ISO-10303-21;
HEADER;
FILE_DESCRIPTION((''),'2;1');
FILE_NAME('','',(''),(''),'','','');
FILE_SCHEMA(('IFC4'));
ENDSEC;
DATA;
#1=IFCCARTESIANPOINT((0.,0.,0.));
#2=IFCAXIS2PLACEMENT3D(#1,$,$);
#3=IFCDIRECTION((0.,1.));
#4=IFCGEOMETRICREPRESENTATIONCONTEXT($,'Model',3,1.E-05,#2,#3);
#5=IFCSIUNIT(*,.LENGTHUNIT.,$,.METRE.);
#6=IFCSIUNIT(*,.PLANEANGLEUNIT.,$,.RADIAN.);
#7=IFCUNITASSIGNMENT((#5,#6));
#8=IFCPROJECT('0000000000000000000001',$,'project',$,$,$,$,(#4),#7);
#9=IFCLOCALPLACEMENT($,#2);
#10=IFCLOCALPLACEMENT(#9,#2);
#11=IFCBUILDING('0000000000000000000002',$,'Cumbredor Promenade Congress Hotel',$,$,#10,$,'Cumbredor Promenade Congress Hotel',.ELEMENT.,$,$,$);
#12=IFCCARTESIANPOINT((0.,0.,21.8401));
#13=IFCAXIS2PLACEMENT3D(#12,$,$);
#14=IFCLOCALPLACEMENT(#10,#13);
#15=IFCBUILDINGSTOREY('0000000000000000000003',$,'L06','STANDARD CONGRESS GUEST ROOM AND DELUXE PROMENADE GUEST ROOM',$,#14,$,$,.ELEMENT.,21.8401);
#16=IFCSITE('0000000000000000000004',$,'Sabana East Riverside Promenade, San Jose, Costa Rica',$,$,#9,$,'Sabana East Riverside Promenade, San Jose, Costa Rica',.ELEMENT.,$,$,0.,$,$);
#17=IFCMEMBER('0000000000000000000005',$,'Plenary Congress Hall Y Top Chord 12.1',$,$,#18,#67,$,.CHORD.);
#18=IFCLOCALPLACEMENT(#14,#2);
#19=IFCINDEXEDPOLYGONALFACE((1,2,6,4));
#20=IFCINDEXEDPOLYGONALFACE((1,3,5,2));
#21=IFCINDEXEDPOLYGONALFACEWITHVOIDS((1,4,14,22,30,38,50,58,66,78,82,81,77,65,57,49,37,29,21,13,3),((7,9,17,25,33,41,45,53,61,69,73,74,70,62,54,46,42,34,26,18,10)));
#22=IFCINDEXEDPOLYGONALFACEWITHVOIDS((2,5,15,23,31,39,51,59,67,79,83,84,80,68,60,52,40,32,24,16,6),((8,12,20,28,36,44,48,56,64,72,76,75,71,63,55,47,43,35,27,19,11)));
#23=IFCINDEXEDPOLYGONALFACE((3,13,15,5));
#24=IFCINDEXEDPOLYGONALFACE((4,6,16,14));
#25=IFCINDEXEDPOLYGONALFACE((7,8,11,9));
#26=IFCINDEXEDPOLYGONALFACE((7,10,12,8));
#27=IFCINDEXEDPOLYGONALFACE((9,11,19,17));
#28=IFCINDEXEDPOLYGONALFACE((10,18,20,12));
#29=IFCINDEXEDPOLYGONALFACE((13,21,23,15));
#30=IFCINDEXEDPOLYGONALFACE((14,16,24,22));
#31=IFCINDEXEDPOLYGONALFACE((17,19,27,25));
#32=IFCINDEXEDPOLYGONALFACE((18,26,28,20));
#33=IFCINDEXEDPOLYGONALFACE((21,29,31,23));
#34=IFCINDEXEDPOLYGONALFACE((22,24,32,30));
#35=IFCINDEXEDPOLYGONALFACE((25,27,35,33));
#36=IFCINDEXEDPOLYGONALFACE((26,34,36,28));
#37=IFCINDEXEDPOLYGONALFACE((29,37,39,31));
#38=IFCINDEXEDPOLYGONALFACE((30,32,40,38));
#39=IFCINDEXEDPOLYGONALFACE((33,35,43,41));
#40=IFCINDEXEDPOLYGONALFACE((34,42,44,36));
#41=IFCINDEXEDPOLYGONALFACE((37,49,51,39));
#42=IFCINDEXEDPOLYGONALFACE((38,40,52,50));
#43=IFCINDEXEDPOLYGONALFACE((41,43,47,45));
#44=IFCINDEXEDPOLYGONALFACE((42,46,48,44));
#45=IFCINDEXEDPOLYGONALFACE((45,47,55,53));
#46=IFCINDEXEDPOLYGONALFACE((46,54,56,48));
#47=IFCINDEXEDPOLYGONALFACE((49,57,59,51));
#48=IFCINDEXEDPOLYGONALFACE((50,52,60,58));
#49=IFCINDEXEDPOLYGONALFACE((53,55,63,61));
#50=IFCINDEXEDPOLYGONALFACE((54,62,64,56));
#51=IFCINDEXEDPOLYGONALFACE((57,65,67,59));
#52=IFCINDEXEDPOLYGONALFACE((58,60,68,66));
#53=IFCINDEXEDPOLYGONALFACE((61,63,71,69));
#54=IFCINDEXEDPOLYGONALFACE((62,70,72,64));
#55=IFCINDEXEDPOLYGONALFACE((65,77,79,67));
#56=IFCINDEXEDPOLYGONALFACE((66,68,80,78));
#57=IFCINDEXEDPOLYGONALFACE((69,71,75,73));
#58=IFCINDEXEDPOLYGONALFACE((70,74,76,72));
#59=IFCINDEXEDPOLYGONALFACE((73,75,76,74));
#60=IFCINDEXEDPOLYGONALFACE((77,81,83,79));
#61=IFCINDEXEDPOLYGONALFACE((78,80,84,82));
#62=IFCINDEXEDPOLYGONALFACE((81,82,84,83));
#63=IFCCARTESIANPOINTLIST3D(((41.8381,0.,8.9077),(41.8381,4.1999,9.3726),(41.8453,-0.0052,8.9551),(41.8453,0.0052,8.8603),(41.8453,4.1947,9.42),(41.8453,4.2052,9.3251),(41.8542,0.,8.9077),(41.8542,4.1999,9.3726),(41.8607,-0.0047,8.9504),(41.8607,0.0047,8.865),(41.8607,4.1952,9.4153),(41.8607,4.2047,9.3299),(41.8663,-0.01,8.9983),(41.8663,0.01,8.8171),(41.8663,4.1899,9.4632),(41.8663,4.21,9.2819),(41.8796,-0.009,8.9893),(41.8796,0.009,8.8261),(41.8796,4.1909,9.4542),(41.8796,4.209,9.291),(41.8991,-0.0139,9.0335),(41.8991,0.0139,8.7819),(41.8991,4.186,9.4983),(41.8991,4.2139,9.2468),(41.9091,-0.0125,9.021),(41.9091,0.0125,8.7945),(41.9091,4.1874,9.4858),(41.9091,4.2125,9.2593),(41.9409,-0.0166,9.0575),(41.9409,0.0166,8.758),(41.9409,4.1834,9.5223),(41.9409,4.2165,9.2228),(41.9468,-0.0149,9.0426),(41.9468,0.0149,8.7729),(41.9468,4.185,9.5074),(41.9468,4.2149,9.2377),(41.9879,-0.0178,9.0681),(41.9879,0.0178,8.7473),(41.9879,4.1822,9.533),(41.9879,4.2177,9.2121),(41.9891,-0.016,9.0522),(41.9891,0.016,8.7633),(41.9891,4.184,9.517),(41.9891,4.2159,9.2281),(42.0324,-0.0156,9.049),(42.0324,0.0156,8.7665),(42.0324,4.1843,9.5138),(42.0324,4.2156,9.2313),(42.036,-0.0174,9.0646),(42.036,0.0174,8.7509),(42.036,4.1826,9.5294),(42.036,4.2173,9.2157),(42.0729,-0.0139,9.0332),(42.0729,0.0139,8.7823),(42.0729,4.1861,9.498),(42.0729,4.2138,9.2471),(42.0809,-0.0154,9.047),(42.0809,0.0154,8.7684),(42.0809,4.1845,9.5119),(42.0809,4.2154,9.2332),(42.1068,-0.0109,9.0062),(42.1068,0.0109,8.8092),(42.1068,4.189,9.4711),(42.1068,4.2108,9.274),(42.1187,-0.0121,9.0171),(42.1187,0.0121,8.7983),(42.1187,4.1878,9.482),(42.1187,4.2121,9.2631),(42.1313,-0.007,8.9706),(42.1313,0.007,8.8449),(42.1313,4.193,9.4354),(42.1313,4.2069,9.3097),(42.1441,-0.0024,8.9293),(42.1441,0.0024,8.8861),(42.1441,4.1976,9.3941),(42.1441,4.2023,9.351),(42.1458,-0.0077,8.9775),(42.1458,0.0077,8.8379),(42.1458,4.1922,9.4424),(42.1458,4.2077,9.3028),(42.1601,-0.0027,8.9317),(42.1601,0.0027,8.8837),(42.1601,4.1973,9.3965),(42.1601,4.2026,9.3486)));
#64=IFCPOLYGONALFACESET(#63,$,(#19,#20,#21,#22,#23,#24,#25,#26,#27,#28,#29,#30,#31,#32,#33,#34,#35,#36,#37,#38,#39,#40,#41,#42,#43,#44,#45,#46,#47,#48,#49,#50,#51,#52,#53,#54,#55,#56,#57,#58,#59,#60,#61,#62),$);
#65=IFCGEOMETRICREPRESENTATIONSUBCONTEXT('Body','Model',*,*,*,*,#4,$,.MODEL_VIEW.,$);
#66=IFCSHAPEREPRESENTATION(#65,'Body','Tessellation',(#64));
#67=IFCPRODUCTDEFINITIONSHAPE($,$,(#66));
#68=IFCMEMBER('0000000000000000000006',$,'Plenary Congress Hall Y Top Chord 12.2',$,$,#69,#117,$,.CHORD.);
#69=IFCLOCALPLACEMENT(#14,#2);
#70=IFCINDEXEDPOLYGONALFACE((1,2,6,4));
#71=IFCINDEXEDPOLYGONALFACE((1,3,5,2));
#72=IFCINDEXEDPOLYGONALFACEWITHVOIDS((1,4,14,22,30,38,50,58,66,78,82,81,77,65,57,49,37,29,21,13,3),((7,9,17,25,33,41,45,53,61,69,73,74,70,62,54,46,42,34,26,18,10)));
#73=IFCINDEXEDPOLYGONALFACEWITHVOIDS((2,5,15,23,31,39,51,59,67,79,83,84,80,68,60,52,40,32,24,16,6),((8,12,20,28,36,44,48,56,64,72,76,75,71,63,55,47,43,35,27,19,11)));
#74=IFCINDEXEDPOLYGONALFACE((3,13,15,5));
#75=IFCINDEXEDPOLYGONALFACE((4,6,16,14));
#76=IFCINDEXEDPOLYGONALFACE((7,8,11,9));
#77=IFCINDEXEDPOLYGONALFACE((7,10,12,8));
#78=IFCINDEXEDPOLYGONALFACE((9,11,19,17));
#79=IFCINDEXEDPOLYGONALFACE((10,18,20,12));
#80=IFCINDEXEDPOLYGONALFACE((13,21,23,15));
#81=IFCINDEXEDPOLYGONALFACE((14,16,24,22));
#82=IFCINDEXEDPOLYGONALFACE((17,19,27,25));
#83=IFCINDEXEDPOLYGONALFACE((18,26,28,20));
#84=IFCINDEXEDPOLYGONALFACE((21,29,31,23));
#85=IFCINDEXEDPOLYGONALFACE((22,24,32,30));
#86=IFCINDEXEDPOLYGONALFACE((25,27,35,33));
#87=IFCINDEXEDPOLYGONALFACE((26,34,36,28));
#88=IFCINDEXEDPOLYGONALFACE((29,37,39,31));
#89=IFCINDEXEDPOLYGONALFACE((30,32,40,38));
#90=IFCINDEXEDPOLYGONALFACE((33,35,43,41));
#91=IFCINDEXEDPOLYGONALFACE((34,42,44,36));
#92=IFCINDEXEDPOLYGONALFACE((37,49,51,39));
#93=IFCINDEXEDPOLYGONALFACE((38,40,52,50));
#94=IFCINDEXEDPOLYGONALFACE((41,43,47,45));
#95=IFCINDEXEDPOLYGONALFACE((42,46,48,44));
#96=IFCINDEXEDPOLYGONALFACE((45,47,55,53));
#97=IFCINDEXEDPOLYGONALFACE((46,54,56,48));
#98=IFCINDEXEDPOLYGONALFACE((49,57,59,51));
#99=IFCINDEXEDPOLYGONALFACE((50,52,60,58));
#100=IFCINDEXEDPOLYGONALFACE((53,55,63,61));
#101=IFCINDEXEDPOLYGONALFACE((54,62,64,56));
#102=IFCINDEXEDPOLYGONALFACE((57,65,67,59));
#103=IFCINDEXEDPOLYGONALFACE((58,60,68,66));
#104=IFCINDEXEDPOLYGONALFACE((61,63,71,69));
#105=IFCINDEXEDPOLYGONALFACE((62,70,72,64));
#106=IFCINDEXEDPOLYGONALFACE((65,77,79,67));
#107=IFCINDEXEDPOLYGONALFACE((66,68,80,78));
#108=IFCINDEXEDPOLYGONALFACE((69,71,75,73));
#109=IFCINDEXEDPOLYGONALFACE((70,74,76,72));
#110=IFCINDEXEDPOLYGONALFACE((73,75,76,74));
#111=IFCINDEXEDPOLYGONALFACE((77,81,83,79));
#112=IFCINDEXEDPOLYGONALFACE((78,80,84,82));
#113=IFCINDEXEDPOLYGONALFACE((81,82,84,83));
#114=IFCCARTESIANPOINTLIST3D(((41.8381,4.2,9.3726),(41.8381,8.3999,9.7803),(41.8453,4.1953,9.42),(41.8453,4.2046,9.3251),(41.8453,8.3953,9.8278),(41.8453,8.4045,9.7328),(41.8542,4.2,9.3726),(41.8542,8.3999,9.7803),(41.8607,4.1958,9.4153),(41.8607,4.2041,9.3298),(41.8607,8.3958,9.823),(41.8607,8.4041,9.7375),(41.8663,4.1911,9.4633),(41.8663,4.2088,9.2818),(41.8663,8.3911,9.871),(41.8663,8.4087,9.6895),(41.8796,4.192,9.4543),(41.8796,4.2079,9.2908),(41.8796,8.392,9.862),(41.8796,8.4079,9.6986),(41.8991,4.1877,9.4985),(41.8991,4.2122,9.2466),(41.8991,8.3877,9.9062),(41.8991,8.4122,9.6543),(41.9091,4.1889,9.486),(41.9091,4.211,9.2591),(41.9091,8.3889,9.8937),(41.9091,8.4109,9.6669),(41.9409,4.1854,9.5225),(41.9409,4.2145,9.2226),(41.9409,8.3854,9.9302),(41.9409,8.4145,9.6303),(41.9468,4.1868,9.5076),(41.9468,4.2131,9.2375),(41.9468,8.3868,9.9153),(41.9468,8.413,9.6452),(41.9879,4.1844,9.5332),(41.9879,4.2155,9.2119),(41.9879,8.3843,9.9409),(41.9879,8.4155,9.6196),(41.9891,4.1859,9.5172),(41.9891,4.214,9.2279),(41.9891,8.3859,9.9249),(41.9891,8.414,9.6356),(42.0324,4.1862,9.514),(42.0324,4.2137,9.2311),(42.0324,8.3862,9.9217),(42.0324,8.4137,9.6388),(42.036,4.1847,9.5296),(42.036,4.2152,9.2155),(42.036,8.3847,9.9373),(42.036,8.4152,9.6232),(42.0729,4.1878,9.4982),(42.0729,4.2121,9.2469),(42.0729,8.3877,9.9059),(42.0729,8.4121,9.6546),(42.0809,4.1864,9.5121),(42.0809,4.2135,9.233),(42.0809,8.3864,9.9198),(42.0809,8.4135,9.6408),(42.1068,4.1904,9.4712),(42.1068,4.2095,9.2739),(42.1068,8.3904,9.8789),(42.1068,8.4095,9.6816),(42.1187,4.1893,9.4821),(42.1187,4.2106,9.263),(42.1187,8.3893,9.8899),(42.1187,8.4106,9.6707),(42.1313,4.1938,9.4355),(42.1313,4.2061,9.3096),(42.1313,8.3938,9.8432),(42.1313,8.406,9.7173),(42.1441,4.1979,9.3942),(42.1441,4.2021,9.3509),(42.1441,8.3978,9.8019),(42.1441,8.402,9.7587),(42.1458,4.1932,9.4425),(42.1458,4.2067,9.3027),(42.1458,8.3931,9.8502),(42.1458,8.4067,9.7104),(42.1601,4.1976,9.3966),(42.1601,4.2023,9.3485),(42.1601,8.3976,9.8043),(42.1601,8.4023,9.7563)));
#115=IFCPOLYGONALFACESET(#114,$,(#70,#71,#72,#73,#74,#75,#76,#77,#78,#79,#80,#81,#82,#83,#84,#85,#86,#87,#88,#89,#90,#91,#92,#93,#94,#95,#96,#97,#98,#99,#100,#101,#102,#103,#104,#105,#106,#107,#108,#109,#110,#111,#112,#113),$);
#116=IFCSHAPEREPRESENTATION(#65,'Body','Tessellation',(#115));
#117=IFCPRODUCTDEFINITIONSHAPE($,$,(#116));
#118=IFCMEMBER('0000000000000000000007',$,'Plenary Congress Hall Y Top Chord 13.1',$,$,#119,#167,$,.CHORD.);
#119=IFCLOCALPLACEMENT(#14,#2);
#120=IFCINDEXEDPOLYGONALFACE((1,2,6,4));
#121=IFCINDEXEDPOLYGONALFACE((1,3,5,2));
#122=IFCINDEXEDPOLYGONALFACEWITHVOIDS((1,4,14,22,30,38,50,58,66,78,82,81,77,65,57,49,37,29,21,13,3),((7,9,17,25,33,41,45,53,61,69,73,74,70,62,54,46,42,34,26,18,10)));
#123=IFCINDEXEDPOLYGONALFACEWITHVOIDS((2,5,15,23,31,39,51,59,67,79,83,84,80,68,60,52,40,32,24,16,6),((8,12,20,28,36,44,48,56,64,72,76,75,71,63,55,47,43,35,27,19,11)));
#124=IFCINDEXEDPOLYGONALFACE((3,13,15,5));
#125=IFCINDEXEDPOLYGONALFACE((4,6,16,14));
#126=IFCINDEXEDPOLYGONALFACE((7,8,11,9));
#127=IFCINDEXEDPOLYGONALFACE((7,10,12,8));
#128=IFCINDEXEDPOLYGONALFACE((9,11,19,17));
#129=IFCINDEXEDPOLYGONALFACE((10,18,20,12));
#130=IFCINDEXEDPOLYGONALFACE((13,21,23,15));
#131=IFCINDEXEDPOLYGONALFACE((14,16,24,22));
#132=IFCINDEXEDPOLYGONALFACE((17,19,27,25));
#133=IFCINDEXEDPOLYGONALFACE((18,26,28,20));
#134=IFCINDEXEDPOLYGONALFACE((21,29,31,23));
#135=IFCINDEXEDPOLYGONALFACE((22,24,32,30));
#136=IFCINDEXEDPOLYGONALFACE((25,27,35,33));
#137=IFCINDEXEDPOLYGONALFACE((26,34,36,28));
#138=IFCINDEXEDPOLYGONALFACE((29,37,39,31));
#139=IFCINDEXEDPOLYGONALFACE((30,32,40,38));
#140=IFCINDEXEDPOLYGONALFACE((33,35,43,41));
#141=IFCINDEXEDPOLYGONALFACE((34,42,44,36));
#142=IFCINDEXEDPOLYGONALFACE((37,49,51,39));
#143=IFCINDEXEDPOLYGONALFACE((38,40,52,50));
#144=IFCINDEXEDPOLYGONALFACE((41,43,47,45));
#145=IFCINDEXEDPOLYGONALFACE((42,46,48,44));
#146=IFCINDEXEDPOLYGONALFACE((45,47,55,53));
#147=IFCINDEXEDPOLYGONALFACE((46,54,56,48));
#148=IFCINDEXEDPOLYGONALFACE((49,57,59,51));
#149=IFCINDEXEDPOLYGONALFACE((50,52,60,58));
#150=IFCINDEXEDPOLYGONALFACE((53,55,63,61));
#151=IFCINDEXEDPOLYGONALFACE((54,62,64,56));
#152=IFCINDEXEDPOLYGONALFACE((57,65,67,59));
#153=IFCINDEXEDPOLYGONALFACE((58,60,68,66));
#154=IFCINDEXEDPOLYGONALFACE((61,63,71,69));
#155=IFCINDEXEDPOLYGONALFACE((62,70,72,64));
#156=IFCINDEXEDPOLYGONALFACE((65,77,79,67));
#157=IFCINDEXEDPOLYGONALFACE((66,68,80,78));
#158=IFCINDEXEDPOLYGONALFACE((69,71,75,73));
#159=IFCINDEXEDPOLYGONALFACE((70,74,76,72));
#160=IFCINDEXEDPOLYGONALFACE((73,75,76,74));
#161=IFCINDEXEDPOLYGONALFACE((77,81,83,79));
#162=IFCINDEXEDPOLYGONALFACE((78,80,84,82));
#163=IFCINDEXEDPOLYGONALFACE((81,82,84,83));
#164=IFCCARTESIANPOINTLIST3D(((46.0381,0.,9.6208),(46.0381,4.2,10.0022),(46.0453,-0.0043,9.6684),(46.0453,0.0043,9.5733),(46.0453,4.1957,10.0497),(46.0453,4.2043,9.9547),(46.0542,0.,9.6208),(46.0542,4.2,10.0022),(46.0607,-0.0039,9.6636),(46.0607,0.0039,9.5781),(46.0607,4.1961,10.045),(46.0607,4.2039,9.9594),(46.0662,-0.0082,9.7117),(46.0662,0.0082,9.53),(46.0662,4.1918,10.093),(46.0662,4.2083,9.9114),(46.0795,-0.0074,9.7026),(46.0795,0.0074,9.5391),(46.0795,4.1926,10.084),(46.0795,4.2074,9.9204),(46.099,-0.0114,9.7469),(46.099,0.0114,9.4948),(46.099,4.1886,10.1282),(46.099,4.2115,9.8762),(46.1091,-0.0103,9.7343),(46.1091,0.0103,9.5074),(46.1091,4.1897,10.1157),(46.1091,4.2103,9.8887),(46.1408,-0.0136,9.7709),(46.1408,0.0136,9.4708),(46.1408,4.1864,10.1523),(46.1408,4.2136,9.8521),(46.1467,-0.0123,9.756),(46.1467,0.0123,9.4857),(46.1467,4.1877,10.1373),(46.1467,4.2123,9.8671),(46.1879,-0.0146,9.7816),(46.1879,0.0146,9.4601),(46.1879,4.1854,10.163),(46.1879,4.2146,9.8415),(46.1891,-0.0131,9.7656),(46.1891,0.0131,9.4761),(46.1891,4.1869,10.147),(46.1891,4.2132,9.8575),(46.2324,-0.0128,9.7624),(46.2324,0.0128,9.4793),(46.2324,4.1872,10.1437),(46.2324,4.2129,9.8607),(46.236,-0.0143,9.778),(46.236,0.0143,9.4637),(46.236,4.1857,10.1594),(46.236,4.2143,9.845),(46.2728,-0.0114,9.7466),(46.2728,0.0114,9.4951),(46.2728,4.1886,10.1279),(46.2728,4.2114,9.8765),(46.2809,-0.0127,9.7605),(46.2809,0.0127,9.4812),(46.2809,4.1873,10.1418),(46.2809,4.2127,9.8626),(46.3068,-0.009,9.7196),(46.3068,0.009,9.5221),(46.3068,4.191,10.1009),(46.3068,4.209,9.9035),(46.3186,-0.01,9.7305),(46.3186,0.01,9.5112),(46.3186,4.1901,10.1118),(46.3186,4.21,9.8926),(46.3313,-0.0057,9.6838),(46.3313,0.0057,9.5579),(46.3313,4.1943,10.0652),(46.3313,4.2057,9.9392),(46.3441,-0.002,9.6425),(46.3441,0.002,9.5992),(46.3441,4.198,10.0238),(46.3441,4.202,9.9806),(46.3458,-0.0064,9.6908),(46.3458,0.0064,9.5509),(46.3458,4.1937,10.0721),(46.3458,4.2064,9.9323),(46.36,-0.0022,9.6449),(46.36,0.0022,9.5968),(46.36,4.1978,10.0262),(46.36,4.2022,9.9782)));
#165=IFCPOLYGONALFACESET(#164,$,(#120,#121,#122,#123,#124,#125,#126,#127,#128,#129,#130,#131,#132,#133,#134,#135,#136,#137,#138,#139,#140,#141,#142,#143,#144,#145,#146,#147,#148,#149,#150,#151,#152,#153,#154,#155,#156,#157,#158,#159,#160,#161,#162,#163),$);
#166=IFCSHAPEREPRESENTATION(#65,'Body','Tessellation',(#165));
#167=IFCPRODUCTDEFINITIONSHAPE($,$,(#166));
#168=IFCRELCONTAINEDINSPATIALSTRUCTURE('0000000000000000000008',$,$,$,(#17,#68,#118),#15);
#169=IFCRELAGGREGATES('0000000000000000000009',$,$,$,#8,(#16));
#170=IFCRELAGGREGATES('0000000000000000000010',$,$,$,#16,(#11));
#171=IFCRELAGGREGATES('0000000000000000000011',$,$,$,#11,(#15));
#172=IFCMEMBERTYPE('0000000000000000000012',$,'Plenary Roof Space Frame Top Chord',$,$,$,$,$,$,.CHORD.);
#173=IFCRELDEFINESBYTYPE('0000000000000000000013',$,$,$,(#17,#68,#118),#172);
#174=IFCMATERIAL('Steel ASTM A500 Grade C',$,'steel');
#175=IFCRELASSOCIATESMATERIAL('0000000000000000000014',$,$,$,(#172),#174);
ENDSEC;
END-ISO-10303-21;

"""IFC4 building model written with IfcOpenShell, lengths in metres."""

from ifc_helpers import new_model, si_unit, direction, frame, origin, origin_2d, place, context, subcontext, project, spatial, hollow_circle, extrude, material, material_profile, profile_set, type_object, element, save


model = new_model("IFC4")

# Units and contexts
model_context = context("Model", 3, precision=1e-05, world=origin(), true_north=direction((0.0, 1.0)))
body_context = subcontext(model_context, "Body", "Model", "MODEL_VIEW")
ifc_project = project(units=[si_unit("LENGTHUNIT", "METRE"), si_unit("PLANEANGLEUNIT", "RADIAN")], contexts=[model_context])

# Site, building, storey
site_placement = place(None, origin())
site = spatial("IfcSite", under=ifc_project, at=site_placement, Name="Sabana East Riverside Promenade, San Jose, Costa Rica", LongName="Sabana East Riverside Promenade, San Jose, Costa Rica", CompositionType="ELEMENT", RefElevation=0.0)
building_placement = place(site_placement, origin())
building = spatial("IfcBuilding", under=site, at=building_placement, Name="Cumbredor Promenade Congress Hotel", LongName="Cumbredor Promenade Congress Hotel", CompositionType="ELEMENT")
storey_placement = place(building_placement, frame((0.0, 0.0, 21.8401)))
storey = spatial("IfcBuildingStorey", under=building, at=storey_placement, Name="L06", Description="STANDARD CONGRESS GUEST ROOM AND DELUXE PROMENADE GUEST ROOM", CompositionType="ELEMENT", Elevation=21.8401)

# Members
ifc_material_1 = material(Name="Steel ASTM A500 Grade C", Category="steel")
ifc_material_profile_1 = material_profile(ifc_material_1, hollow_circle(Radius=0.1619, WallThickness=0.0161, at=origin_2d()), Name="CHS 323.9x16")
ifc_profile_set_1 = profile_set([ifc_material_profile_1], Name="Steel ASTM A500 Grade C")
member_type_1 = type_object("IfcMemberType", Name="Plenary Roof Space Frame Top Chord", PredefinedType="CHORD", material=ifc_profile_set_1)
member_1_placement = place(storey_placement, frame((42.0, 0.0, 8.9077), z_axis=(0.0, 0.993931, 0.110007), x_axis=(-1.0, 0.0, 0.0)))
element("IfcMember", 1, at=member_1_placement, inside=storey, type_object=member_type_1, Name="Plenary Congress Hall Y Top Chord 12.1", PredefinedType="CHORD", context=body_context, shape_type="SweptSolid", body=[
    extrude(hollow_circle(Radius=0.1619, WallThickness=0.0161, at=origin_2d()), origin(), (0.0, 0.0, 1.0), 4.2256),
])
member_2_placement = place(storey_placement, frame((42.0, 4.2, 9.3726), z_axis=(0.0, 0.995321, 0.096622), x_axis=(-1.0, 0.0, 0.0)))
element("IfcMember", 2, at=member_2_placement, inside=storey, type_object=member_type_1, Name="Plenary Congress Hall Y Top Chord 12.2", PredefinedType="CHORD", context=body_context, shape_type="SweptSolid", body=[
    extrude(hollow_circle(Radius=0.1619, WallThickness=0.0161, at=origin_2d()), origin(), (0.0, 0.0, 1.0), 4.2197),
])
member_3_placement = place(storey_placement, frame((46.2, 0.0, 9.6208), z_axis=(0.0, 0.995903, 0.090426), x_axis=(-1.0, 0.0, 0.0)))
element("IfcMember", 3, at=member_3_placement, inside=storey, type_object=member_type_1, Name="Plenary Congress Hall Y Top Chord 13.1", PredefinedType="CHORD", context=body_context, shape_type="SweptSolid", body=[
    extrude(hollow_circle(Radius=0.1619, WallThickness=0.0161, at=origin_2d()), origin(), (0.0, 0.0, 1.0), 4.2173),
])

save(model, "model.ifc")
